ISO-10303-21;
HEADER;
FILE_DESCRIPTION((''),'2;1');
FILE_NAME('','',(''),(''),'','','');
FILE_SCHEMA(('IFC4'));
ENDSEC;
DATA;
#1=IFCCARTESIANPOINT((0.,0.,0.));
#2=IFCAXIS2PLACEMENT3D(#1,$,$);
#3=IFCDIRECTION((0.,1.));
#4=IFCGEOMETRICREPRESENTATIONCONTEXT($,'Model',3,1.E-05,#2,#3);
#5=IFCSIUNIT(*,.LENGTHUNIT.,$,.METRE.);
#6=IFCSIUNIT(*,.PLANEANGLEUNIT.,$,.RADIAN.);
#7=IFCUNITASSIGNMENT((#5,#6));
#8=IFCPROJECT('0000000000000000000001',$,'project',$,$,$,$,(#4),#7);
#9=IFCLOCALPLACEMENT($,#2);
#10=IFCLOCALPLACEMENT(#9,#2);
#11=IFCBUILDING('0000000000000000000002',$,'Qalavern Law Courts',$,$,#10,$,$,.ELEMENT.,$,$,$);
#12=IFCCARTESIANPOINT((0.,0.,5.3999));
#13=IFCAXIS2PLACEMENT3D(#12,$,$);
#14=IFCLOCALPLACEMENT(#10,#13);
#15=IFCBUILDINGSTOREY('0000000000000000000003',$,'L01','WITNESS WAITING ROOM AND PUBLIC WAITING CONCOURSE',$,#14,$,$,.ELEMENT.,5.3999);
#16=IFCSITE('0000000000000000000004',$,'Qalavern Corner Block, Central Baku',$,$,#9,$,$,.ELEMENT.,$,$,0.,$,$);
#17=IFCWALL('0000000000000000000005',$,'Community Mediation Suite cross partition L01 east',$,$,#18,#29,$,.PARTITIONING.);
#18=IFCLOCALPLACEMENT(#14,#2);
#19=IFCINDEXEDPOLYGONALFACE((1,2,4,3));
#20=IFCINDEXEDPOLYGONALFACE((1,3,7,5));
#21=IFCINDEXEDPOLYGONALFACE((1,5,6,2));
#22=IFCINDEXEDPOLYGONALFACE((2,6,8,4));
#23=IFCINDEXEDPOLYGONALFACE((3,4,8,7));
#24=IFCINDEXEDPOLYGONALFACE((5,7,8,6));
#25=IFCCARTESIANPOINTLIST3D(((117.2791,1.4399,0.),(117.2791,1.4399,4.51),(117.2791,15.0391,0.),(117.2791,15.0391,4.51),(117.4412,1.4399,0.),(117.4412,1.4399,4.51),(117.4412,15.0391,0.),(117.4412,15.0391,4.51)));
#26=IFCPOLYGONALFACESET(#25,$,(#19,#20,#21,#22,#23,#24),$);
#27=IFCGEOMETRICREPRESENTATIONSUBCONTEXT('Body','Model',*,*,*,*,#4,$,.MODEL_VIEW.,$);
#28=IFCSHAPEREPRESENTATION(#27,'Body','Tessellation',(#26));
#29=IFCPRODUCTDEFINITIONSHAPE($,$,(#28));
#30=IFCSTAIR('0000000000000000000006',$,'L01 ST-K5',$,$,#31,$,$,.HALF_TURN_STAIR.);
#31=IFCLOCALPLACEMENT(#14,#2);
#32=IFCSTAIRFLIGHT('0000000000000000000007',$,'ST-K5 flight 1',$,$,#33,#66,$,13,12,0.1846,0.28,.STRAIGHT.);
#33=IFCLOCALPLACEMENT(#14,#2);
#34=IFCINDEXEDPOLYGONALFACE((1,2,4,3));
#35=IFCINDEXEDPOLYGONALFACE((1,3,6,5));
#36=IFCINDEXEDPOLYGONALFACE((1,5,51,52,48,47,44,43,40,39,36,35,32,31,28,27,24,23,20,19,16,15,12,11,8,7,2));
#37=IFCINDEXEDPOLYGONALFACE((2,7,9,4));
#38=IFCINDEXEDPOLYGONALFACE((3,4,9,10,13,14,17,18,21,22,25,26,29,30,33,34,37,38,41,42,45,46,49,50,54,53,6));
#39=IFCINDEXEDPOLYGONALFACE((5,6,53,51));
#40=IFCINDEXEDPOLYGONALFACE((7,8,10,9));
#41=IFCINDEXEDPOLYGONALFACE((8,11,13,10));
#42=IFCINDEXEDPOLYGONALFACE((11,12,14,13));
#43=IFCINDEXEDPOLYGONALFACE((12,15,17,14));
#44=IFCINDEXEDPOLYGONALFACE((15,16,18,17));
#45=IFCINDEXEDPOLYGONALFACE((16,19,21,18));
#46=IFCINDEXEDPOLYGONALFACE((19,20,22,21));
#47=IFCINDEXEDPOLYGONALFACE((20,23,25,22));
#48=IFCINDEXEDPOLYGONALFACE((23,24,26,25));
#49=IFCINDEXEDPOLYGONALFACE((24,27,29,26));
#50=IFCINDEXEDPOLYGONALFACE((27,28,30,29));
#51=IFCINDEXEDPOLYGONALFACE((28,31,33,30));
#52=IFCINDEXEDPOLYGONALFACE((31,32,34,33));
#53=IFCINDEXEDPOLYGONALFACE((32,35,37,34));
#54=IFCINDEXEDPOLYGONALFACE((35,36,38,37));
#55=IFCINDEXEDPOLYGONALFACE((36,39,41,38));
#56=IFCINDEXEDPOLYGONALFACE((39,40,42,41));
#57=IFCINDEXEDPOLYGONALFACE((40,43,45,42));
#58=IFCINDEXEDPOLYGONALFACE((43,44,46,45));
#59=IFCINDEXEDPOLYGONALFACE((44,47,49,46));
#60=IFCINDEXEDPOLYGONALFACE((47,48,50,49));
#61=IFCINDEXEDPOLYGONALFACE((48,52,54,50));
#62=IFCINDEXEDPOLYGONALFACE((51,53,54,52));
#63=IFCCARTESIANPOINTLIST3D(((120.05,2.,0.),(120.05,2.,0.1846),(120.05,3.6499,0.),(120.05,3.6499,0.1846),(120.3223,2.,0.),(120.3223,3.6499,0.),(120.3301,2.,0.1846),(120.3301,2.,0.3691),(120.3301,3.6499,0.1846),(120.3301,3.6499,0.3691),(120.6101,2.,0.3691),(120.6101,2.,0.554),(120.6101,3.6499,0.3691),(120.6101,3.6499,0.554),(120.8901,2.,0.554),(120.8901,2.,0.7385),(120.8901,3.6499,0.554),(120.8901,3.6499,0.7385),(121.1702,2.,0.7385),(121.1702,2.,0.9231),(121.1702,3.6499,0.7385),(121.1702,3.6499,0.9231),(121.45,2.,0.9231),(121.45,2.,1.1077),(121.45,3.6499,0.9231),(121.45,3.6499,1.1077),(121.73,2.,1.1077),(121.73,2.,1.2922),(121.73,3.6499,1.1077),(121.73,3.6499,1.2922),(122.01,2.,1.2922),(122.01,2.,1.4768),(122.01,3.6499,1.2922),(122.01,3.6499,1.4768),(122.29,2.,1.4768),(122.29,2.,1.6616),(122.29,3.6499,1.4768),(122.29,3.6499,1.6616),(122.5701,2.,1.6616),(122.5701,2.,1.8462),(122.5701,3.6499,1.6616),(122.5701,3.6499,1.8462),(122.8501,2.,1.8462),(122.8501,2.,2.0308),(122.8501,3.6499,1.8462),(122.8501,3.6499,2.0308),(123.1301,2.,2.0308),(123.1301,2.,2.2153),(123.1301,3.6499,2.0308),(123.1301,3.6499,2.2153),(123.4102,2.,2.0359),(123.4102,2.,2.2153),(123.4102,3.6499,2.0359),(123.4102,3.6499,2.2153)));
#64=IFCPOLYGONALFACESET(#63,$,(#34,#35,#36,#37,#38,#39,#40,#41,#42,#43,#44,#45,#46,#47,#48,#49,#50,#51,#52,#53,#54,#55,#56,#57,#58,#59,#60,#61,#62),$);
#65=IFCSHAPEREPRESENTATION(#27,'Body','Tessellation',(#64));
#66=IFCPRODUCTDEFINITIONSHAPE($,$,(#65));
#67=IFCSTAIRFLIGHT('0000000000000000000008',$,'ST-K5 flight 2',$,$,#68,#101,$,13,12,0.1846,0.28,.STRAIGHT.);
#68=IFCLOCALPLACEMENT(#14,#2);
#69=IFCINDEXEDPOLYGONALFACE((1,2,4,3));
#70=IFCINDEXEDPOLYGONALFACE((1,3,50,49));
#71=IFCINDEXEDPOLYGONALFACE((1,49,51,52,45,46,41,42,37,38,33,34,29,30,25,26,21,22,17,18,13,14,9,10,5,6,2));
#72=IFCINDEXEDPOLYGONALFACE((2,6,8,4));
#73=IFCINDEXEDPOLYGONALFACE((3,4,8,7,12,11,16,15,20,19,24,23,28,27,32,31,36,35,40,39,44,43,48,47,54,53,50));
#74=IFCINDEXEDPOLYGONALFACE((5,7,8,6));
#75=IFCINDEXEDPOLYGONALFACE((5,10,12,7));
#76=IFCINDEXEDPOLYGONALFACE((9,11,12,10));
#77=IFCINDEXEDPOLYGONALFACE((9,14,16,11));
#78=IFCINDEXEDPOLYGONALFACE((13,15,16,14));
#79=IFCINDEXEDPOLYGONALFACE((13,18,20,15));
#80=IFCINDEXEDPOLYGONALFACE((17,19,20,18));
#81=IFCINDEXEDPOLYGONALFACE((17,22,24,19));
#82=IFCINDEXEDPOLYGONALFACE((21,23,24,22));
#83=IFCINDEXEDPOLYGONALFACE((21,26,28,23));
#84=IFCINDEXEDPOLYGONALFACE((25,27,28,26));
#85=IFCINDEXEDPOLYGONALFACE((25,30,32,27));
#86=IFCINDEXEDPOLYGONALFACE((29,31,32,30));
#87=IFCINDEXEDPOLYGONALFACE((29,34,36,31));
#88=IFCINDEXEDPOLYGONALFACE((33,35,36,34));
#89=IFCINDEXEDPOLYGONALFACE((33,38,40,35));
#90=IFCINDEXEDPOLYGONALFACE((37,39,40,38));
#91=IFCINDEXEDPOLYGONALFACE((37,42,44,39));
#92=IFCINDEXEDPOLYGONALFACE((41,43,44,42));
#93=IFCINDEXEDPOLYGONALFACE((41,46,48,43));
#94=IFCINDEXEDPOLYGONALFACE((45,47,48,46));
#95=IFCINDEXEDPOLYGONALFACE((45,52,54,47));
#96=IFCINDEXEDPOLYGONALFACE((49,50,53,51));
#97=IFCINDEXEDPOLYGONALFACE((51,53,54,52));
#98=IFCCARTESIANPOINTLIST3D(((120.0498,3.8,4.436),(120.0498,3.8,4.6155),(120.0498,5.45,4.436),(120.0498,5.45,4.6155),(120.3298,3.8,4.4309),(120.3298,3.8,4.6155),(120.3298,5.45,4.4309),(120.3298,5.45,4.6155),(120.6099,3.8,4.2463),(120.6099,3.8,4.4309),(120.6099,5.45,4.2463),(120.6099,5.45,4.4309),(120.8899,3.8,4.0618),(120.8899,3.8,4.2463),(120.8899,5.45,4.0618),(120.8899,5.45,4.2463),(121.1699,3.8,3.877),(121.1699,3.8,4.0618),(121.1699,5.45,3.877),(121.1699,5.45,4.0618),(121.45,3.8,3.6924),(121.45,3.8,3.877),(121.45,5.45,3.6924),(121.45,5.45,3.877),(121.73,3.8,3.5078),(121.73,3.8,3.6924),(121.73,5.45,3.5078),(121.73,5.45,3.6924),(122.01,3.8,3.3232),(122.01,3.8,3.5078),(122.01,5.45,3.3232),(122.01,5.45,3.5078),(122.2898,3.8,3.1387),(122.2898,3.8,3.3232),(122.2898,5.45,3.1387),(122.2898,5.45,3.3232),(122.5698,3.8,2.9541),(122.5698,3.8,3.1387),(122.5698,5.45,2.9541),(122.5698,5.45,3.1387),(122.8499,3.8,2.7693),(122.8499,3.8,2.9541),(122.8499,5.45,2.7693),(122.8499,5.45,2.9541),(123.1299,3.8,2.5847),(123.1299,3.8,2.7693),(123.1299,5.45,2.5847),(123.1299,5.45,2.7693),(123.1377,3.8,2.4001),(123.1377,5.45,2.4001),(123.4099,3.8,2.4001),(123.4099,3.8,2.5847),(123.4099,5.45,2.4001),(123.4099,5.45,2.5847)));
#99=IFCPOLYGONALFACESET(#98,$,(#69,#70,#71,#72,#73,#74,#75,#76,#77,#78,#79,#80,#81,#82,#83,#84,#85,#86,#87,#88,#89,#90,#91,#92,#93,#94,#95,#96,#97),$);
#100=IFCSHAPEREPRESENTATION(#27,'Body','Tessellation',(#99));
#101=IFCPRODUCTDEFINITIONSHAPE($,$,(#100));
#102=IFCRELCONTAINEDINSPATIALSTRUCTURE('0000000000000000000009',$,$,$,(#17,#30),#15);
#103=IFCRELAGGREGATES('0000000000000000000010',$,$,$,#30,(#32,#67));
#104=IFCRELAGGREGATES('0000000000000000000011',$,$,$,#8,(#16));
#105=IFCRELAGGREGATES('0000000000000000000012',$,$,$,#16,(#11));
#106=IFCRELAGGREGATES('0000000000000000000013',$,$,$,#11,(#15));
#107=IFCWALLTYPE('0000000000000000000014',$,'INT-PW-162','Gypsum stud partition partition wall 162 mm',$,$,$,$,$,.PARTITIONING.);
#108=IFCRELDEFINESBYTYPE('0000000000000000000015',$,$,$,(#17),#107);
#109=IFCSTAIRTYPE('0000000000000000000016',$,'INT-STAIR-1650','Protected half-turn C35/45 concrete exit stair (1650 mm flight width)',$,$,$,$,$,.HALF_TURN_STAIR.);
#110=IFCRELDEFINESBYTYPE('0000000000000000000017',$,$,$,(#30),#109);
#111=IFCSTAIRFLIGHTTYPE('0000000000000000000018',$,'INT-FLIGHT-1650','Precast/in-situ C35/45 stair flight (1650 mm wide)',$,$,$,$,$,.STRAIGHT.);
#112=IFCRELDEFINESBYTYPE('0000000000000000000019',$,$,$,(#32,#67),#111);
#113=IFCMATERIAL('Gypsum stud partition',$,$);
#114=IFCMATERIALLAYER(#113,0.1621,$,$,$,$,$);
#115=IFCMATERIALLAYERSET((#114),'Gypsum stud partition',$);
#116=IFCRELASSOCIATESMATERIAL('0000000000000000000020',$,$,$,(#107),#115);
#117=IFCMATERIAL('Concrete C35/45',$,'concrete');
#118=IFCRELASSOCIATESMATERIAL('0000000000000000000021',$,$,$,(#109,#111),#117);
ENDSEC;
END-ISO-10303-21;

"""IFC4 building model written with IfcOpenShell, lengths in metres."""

from ifc_helpers import new_model, si_unit, direction, frame, frame_2d, origin, place, context, subcontext, project, spatial, polyline, rectangle, outline, extrude, material, layer, layer_set, type_object, element, aggregate, save


model = new_model("IFC4")

# Units and contexts
model_context = context("Model", 3, precision=1e-05, world=origin(), true_north=direction((0.0, 1.0)))
body_context = subcontext(model_context, "Body", "Model", "MODEL_VIEW")
ifc_project = project(units=[si_unit("LENGTHUNIT", "METRE"), si_unit("PLANEANGLEUNIT", "RADIAN")], contexts=[model_context])

# Site, building, storey
site_placement = place(None, origin())
site = spatial("IfcSite", under=ifc_project, at=site_placement, Name="Qalavern Corner Block, Central Baku", CompositionType="ELEMENT", RefElevation=0.0)
building_placement = place(site_placement, origin())
building = spatial("IfcBuilding", under=site, at=building_placement, Name="Qalavern Law Courts", CompositionType="ELEMENT")
storey_placement = place(building_placement, frame((0.0, 0.0, 5.3999)))
storey = spatial("IfcBuildingStorey", under=building, at=storey_placement, Name="L01", Description="WITNESS WAITING ROOM AND PUBLIC WAITING CONCOURSE", CompositionType="ELEMENT", Elevation=5.3999)

# Wall
ifc_material_1 = material(Name="Gypsum stud partition")
ifc_layer_1 = layer(ifc_material_1, 0.1621)
ifc_layer_set_1 = layer_set([ifc_layer_1], Name="Gypsum stud partition")
wall_type_1 = type_object("IfcWallType", Name="INT-PW-162", Description="Gypsum stud partition partition wall 162 mm", PredefinedType="PARTITIONING", material=ifc_layer_set_1)
wall_1_placement = place(storey_placement, frame((117.3601, 1.4399, 0.0), z_axis=(0.0, 0.0, 1.0), x_axis=(0.0, 1.0, 0.0)))
element("IfcWall", 1, at=wall_1_placement, inside=storey, type_object=wall_type_1, Name="Community Mediation Suite cross partition L01 east", PredefinedType="PARTITIONING", context=body_context, shape_type="SweptSolid", body=[
    extrude(rectangle(XDim=13.5991, YDim=0.1621, at=frame_2d((6.7996, 0.0))), origin(), (0.0, 0.0, 1.0), 4.51),
])

# Stair, stair flights
ifc_material_2 = material(Name="Concrete C35/45", Category="concrete")
stair_type = type_object("IfcStairType", Name="INT-STAIR-1650", Description="Protected half-turn C35/45 concrete exit stair (1650 mm flight width)", PredefinedType="HALF_TURN_STAIR", material=ifc_material_2)
stair_placement = place(storey_placement, origin())
stair = element("IfcStair", 2, at=stair_placement, inside=storey, type_object=stair_type, Name="L01 ST-K5", PredefinedType="HALF_TURN_STAIR")
stair_flight_type = type_object("IfcStairFlightType", Name="INT-FLIGHT-1650", Description="Precast/in-situ C35/45 stair flight (1650 mm wide)", PredefinedType="STRAIGHT", material=ifc_material_2)
stair_flight_1_placement = place(storey_placement, frame((120.05, 2.825, 0.0), z_axis=(0.0, 0.0, 1.0), x_axis=(1.0, 0.0, 0.0)))
stair_flight_1 = element("IfcStairFlight", 3, at=stair_flight_1_placement, type_object=stair_flight_type, Name="ST-K5 flight 1", NumberOfRisers=13, NumberOfTreads=12, PredefinedType="STRAIGHT", RiserHeight=0.1846, TreadLength=0.28, context=body_context, shape_type="SweptSolid", body=[
    extrude(outline(polyline([(0.0, 0.0), (0.0, 0.1846), (0.28, 0.1846), (0.28, 0.3691), (0.5601, 0.3691), (0.5601, 0.554), (0.8401, 0.554), (0.8401, 0.7385), (1.1201, 0.7385), (1.1201, 0.9231), (1.3999, 0.9231), (1.3999, 1.1077), (1.6799, 1.1077), (1.6799, 1.2922), (1.96, 1.2922), (1.96, 1.4768), (2.24, 1.4768), (2.24, 1.6616), (2.52, 1.6616), (2.52, 1.8462), (2.8, 1.8462), (2.8, 2.0308), (3.0801, 2.0308), (3.0801, 2.2153), (3.3601, 2.2153), (3.3601, 2.3999), (3.3601, 2.0359), (0.2722, 0.0), (0.0, 0.0)])), frame((0.0, 0.825, 0.0), z_axis=(0.0, -1.0, 0.0), x_axis=(1.0, 0.0, 0.0)), (0.0, 0.0, 1.0), 1.6499),
])
stair_flight_2_placement = place(storey_placement, frame((123.4099, 4.625, 2.4001), z_axis=(0.0, 0.0, 1.0), x_axis=(-1.0, 0.0, 0.0)))
stair_flight_2 = element("IfcStairFlight", 4, at=stair_flight_2_placement, type_object=stair_flight_type, Name="ST-K5 flight 2", NumberOfRisers=13, NumberOfTreads=12, PredefinedType="STRAIGHT", RiserHeight=0.1846, TreadLength=0.28, context=body_context, shape_type="SweptSolid", body=[
    extrude(outline(polyline([(0.0, 0.0), (0.0, 0.1846), (0.28, 0.1846), (0.28, 0.3691), (0.5601, 0.3691), (0.5601, 0.554), (0.8401, 0.554), (0.8401, 0.7385), (1.1201, 0.7385), (1.1201, 0.9231), (1.3999, 0.9231), (1.3999, 1.1077), (1.6799, 1.1077), (1.6799, 1.2922), (1.96, 1.2922), (1.96, 1.4768), (2.24, 1.4768), (2.24, 1.6616), (2.52, 1.6616), (2.52, 1.8462), (2.8, 1.8462), (2.8, 2.0308), (3.0801, 2.0308), (3.0801, 2.2153), (3.3601, 2.2153), (3.3601, 2.3999), (3.3601, 2.0359), (0.2722, 0.0), (0.0, 0.0)])), frame((0.0, 0.825, 0.0), z_axis=(0.0, -1.0, 0.0), x_axis=(1.0, 0.0, 0.0)), (0.0, 0.0, 1.0), 1.6499),
])
aggregate(stair, [stair_flight_1, stair_flight_2])

save(model, "model.ifc")
